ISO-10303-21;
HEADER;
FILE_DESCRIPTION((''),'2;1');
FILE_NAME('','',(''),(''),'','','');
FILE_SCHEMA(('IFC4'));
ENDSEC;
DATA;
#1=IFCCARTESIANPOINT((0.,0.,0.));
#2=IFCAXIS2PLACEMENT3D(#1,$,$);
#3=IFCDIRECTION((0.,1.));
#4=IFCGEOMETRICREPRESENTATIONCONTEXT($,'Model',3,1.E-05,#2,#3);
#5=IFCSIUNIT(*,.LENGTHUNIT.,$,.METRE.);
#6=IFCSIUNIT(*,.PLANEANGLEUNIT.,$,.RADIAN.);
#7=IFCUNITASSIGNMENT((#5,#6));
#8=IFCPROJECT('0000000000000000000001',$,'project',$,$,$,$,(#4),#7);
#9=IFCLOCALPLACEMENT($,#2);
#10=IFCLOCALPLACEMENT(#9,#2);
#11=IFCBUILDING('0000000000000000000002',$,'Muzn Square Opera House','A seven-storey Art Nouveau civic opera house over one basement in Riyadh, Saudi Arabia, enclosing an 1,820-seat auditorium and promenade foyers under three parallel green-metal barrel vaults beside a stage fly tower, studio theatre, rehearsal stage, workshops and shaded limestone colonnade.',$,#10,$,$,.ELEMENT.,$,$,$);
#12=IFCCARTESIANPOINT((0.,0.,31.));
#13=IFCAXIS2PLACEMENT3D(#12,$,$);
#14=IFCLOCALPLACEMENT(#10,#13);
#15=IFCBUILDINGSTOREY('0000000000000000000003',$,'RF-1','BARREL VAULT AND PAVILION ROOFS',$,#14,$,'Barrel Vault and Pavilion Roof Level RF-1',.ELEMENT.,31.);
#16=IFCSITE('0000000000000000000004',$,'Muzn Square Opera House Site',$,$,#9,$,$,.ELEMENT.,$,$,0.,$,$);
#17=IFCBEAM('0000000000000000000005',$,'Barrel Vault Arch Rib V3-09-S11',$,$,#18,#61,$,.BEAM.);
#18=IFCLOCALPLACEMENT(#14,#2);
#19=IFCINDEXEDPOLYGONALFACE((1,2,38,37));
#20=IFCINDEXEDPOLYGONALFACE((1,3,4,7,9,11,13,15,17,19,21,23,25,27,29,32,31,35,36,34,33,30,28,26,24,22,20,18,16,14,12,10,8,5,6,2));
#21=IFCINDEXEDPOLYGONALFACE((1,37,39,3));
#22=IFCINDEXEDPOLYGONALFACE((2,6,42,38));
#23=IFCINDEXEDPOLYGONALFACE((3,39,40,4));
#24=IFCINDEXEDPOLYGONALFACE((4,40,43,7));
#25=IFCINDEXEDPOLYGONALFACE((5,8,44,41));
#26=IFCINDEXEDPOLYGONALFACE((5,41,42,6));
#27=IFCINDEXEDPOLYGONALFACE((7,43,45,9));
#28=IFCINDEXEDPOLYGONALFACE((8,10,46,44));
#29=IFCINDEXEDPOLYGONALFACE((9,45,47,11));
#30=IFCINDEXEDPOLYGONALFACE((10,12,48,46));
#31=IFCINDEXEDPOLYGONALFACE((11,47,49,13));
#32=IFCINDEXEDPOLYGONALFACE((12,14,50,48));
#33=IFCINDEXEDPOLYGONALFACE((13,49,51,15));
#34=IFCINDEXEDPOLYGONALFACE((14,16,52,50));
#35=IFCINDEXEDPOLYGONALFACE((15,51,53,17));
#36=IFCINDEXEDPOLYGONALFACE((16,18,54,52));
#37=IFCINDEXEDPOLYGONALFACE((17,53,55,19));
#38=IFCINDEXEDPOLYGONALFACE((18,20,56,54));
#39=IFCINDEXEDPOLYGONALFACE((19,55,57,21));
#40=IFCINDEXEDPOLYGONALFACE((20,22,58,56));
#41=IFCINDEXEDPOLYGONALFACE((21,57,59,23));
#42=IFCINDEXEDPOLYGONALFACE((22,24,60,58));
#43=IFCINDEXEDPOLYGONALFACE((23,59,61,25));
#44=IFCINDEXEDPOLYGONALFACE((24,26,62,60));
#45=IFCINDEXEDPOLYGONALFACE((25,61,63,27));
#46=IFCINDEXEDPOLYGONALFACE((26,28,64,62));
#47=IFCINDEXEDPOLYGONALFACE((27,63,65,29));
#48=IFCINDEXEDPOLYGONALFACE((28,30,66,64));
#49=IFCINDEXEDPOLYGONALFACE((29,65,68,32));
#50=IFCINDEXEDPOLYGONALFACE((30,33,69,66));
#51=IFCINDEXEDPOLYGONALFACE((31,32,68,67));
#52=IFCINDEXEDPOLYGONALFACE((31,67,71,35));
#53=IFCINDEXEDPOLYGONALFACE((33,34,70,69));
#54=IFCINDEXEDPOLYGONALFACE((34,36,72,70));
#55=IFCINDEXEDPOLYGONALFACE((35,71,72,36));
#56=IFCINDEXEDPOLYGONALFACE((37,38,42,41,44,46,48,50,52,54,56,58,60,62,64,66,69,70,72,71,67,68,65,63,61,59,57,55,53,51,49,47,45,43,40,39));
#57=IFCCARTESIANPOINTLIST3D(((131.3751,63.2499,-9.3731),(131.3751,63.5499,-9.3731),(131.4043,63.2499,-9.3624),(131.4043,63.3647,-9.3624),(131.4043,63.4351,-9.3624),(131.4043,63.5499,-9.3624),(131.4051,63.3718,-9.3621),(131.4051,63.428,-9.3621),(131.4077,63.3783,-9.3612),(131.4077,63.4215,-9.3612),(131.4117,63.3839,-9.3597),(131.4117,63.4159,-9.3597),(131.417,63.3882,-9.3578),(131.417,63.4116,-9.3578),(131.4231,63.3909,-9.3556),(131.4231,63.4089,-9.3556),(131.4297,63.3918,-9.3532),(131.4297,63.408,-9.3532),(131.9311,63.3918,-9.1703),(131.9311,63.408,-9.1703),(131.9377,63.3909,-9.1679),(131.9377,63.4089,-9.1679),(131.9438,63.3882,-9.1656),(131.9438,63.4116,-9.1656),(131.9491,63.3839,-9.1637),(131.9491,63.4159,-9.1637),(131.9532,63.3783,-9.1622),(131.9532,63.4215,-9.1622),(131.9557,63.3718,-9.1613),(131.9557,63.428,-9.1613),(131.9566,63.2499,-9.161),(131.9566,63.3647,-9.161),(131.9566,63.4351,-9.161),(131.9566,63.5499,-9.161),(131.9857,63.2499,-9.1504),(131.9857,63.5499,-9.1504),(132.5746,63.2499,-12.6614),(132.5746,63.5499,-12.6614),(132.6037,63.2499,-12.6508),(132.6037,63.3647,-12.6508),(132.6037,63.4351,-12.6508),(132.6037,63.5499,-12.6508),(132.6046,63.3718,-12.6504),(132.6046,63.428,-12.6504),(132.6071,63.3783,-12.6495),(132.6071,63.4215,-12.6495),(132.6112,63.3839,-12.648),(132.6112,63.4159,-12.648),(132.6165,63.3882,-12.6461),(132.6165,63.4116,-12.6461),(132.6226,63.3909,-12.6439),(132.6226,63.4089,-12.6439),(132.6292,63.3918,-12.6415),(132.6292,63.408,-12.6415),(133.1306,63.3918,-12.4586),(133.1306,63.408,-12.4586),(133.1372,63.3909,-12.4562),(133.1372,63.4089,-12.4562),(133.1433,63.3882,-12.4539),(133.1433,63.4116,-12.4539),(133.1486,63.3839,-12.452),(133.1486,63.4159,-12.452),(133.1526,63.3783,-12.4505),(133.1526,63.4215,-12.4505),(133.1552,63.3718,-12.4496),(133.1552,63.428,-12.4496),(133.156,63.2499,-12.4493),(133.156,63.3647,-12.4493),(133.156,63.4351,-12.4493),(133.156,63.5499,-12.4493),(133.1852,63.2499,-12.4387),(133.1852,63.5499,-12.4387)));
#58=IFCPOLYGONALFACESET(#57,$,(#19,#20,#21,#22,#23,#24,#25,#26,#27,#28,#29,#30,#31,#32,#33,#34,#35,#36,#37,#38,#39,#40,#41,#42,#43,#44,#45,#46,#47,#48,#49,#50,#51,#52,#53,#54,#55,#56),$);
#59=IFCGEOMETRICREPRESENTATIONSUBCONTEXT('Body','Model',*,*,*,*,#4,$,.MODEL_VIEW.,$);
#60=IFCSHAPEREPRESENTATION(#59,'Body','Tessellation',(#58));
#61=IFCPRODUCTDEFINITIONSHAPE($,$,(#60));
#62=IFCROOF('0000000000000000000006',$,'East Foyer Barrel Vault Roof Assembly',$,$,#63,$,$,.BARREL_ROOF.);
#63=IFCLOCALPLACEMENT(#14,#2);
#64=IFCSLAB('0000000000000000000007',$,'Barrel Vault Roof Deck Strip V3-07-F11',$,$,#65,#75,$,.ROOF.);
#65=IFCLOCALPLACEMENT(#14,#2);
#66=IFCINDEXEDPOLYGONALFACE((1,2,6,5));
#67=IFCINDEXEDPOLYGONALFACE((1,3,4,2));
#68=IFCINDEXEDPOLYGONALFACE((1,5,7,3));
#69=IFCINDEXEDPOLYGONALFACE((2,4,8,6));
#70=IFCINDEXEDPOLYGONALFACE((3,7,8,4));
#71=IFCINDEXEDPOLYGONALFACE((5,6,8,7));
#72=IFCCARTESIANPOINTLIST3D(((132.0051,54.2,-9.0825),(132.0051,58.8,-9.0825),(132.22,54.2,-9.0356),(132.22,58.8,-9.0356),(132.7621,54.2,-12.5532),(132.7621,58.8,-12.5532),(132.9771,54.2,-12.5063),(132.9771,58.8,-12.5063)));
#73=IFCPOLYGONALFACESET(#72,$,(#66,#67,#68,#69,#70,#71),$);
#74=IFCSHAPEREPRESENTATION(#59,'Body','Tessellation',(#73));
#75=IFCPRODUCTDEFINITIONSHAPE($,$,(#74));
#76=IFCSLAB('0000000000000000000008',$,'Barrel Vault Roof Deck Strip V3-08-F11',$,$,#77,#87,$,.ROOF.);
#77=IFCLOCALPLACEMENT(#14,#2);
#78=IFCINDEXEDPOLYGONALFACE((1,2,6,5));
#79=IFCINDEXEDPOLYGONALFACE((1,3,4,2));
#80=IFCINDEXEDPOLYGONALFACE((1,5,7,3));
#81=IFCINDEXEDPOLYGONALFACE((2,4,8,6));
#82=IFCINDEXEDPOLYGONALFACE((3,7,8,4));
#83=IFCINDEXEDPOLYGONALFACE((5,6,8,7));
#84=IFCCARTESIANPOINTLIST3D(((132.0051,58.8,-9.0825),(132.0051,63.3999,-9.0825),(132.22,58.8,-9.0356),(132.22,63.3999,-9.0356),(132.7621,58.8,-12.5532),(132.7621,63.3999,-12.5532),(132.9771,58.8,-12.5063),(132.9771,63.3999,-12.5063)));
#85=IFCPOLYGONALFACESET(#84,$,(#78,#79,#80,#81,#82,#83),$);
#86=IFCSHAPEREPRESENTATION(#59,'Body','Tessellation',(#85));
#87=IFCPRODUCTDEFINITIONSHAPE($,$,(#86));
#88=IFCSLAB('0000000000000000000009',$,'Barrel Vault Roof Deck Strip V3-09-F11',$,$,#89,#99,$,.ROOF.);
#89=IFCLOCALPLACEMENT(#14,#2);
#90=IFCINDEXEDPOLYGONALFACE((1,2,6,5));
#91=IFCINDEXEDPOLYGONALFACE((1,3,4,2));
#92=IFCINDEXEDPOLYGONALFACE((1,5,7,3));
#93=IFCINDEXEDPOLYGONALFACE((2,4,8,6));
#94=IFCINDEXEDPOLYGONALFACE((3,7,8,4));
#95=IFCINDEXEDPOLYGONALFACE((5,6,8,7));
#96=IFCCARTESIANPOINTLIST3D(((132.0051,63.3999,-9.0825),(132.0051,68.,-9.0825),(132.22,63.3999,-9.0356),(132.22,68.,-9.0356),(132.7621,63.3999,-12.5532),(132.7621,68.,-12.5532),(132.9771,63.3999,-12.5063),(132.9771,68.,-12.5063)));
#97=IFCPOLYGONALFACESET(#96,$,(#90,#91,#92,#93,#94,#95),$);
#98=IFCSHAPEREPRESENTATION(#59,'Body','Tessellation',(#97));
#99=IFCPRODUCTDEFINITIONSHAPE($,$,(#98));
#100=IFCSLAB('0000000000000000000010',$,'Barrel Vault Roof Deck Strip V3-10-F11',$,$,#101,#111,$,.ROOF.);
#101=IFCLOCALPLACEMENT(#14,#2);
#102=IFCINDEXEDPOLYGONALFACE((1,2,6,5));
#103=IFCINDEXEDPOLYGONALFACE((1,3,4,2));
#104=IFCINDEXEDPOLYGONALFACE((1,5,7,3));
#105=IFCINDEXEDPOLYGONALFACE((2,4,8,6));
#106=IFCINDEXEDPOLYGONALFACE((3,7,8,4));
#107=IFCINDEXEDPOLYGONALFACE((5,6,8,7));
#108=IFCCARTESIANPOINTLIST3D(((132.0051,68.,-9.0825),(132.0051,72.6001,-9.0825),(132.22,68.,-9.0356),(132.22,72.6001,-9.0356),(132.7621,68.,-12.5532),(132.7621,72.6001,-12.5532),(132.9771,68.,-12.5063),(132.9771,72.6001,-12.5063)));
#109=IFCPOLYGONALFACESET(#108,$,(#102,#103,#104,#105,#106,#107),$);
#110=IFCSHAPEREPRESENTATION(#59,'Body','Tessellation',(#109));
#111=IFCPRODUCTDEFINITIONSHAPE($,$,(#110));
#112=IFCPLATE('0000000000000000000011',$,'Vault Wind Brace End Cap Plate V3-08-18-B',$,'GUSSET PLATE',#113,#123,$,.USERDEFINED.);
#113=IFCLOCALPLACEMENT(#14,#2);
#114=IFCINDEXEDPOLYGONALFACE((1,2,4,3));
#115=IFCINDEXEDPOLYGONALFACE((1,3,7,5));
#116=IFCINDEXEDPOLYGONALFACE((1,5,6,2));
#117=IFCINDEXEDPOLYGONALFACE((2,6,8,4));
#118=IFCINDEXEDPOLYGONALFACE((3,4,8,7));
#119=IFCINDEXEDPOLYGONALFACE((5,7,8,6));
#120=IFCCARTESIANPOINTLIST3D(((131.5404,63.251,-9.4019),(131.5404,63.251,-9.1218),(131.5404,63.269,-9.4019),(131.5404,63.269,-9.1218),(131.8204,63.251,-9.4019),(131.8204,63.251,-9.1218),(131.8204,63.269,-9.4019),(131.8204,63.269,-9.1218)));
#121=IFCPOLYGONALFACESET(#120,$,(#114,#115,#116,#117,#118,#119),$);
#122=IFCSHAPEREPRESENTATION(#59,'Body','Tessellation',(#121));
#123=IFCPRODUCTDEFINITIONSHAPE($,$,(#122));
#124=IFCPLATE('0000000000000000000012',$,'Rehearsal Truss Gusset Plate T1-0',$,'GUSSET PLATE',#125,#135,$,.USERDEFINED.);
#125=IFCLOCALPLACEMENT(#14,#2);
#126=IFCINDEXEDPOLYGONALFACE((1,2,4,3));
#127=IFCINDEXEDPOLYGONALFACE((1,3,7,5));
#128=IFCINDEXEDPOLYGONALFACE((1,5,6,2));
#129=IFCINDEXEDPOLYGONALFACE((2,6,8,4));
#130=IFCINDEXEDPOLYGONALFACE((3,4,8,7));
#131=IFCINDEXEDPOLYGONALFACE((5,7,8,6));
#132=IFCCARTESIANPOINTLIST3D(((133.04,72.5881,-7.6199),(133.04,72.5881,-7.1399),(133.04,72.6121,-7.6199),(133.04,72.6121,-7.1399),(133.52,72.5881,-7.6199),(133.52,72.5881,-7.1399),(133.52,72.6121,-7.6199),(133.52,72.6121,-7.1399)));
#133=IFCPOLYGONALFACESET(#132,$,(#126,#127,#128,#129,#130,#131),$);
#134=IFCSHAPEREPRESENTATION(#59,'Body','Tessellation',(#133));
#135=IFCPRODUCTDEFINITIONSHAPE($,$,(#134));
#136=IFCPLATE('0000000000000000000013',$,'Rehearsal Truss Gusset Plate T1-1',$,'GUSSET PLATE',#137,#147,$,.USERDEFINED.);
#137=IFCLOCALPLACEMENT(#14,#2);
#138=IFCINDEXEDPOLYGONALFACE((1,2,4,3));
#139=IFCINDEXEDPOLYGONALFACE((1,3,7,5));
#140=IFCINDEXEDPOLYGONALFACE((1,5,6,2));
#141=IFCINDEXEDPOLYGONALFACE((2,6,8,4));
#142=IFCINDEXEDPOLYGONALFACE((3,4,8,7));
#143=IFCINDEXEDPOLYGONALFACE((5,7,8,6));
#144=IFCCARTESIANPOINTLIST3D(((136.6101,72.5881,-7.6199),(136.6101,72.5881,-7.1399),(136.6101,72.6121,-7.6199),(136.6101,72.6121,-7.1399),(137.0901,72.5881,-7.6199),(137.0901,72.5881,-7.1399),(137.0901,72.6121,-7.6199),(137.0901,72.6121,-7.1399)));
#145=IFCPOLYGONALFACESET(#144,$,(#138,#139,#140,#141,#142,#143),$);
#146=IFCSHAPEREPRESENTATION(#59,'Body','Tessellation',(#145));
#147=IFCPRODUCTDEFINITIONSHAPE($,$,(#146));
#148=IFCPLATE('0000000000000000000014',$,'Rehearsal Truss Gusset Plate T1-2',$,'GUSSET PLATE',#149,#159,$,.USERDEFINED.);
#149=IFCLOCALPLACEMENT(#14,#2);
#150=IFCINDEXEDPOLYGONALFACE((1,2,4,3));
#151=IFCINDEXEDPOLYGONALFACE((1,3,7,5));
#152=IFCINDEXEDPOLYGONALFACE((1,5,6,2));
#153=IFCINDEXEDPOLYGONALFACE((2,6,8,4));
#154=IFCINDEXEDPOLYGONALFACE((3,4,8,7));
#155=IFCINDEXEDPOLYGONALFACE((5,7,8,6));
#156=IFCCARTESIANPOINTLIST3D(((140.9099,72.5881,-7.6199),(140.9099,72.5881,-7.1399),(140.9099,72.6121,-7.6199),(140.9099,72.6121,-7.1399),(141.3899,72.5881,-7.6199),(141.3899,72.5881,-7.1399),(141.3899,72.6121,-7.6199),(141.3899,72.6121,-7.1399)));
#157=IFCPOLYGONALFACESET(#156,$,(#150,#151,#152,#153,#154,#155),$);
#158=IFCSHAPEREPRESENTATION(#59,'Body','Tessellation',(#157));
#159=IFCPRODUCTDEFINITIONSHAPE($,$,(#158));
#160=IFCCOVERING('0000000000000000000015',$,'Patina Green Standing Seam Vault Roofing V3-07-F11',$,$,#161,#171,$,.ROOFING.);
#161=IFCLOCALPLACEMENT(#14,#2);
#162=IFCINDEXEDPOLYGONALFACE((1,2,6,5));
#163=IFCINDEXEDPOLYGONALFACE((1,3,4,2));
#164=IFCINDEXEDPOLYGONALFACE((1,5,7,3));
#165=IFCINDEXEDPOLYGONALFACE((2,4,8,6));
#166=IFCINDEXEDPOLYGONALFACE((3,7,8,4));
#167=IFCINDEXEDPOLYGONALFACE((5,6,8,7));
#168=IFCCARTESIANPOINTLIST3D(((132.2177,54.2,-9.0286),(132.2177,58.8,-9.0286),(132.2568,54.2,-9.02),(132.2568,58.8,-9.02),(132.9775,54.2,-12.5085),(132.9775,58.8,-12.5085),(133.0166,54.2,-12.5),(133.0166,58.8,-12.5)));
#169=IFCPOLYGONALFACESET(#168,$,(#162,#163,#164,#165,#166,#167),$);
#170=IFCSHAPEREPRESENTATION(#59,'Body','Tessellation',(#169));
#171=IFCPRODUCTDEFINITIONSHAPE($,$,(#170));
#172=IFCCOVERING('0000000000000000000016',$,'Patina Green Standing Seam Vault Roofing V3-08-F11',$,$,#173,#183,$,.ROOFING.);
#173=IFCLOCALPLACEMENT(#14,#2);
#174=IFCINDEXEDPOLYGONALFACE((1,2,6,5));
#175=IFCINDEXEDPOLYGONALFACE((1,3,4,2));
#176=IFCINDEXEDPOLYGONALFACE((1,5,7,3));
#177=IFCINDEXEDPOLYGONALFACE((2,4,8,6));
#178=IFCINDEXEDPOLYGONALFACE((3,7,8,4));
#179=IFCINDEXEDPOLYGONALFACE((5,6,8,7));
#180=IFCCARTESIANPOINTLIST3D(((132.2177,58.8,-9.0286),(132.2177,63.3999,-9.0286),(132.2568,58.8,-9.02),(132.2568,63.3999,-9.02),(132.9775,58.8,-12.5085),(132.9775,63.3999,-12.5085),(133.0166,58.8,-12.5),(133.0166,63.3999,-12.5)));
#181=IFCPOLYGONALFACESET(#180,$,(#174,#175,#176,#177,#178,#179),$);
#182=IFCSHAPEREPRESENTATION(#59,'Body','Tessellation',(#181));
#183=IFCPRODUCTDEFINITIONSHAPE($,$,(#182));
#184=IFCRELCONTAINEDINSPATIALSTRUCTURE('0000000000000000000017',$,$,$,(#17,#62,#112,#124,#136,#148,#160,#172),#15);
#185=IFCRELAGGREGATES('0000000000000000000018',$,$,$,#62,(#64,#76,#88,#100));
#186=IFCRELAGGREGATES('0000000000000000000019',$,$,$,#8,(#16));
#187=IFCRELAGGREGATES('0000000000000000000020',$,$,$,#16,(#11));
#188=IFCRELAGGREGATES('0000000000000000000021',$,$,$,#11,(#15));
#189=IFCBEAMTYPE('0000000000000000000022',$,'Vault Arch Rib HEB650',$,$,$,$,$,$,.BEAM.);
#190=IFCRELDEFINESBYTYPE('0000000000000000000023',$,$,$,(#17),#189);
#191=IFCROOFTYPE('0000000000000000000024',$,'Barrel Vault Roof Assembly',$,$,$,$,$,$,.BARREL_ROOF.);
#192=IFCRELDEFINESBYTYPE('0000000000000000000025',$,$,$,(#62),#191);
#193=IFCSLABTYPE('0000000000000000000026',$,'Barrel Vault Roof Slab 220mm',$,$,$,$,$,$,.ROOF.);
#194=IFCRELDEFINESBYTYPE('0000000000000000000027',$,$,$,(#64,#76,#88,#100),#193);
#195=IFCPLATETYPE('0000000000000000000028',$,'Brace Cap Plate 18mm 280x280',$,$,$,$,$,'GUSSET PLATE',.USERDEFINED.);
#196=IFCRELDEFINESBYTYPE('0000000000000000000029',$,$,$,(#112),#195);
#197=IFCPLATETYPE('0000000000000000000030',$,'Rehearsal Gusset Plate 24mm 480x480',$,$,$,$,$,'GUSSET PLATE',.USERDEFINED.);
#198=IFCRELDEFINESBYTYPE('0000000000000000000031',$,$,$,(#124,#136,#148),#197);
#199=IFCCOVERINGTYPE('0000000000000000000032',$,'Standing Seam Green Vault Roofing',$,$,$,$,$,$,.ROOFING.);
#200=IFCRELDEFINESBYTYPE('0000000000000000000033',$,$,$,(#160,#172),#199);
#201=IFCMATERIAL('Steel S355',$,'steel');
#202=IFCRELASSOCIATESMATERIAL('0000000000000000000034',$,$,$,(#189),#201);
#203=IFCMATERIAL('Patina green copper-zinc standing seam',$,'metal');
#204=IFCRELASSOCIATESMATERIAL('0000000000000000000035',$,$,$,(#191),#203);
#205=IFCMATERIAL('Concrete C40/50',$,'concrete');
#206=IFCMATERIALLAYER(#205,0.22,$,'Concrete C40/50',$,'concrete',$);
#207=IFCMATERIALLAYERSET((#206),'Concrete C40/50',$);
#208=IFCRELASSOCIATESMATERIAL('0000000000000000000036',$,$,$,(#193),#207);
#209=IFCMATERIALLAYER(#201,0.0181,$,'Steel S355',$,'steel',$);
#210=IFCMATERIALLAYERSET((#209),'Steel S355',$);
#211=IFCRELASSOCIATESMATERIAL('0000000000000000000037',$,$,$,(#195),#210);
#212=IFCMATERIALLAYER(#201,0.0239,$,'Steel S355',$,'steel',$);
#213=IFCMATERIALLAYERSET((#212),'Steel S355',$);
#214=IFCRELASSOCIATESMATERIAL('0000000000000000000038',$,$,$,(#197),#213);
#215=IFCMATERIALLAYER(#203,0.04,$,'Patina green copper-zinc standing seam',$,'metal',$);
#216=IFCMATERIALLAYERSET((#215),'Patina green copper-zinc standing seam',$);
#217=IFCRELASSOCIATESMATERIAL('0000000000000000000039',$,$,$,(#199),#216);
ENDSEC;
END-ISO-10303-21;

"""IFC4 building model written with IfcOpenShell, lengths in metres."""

from ifc_helpers import new_model, si_unit, direction, frame, origin, origin_2d, place, context, subcontext, project, spatial, polyline, rectangle, i_section, outline, extrude, material, layer, layer_set, material_profile, profile_set, type_object, element, aggregate, save


model = new_model("IFC4")

# Units and contexts
model_context = context("Model", 3, precision=1e-05, world=origin(), true_north=direction((0.0, 1.0)))
body_context = subcontext(model_context, "Body", "Model", "MODEL_VIEW")
ifc_project = project(units=[si_unit("LENGTHUNIT", "METRE"), si_unit("PLANEANGLEUNIT", "RADIAN")], contexts=[model_context])

# Site, building, storey
site_placement = place(None, origin())
site = spatial("IfcSite", under=ifc_project, at=site_placement, Name="Muzn Square Opera House Site", CompositionType="ELEMENT", RefElevation=0.0)
building_placement = place(site_placement, origin())
building = spatial("IfcBuilding", under=site, at=building_placement, Name="Muzn Square Opera House", Description="A seven-storey Art Nouveau civic opera house over one basement in Riyadh, Saudi Arabia, enclosing an 1,820-seat auditorium and promenade foyers under three parallel green-metal barrel vaults beside a stage fly tower, studio theatre, rehearsal stage, workshops and shaded limestone colonnade.", CompositionType="ELEMENT")
storey_placement = place(building_placement, frame((0.0, 0.0, 31.0)))
storey = spatial("IfcBuildingStorey", under=building, at=storey_placement, Name="RF-1", Description="BARREL VAULT AND PAVILION ROOFS", LongName="Barrel Vault and Pavilion Roof Level RF-1", CompositionType="ELEMENT", Elevation=31.0)

# Shared definitions
ifc_material_1 = material(Name="Steel S355", Category="steel")

# Beam
ifc_material_profile_1 = material_profile(ifc_material_1, i_section(OverallWidth=0.3, OverallDepth=0.6499, WebThickness=0.0161, FlangeThickness=0.031, FilletRadius=0.0271, at=origin_2d()), Name="HEB 650", Category="steel")
ifc_profile_set_1 = profile_set([ifc_material_profile_1], Name="Steel S355")
beam_type_1 = type_object("IfcBeamType", Name="Vault Arch Rib HEB650", PredefinedType="BEAM", material=ifc_profile_set_1)
for number, where, z_axis, x_axis, name in (
    (1, (131.6804, 63.3999, -9.2617), (0.342678, 0.0, -0.939453), (0.0, 1.0, 0.0), "Barrel Vault Arch Rib V3-09-S11"),
):
    element("IfcBeam", number, at=place(storey_placement, frame(where, z_axis=z_axis, x_axis=x_axis)), inside=storey, type_object=beam_type_1, Name=name, PredefinedType="BEAM", context=body_context, shape_type="SweptSolid", body=[
        extrude(i_section(OverallWidth=0.3, OverallDepth=0.6499, WebThickness=0.0161, FlangeThickness=0.031, FilletRadius=0.0271, at=origin_2d()), origin(), (0.0, 0.0, 1.0), 3.5002),
    ])

# Roof, slabs
ifc_material_2 = material(Name="Patina green copper-zinc standing seam", Category="metal")
roof_type = type_object("IfcRoofType", Name="Barrel Vault Roof Assembly", PredefinedType="BARREL_ROOF", material=ifc_material_2)
roof_placement = place(storey_placement, origin())
roof = element("IfcRoof", 2, at=roof_placement, inside=storey, type_object=roof_type, Name="East Foyer Barrel Vault Roof Assembly", PredefinedType="BARREL_ROOF")
ifc_material_3 = material(Name="Concrete C40/50", Category="concrete")
ifc_layer_1 = layer(ifc_material_3, 0.22, Name="Concrete C40/50", Category="concrete")
ifc_layer_set_1 = layer_set([ifc_layer_1], Name="Concrete C40/50")
slab_type = type_object("IfcSlabType", Name="Barrel Vault Roof Slab 220mm", PredefinedType="ROOF", material=ifc_layer_set_1)
slab_1_placement = place(storey_placement, frame((132.22, 54.2, -9.0356), z_axis=(0.977025, 0.0, 0.213123), x_axis=(0.213123, 0.0, -0.977025)))
slab_1 = element("IfcSlab", 3, at=slab_1_placement, type_object=slab_type, Name="Barrel Vault Roof Deck Strip V3-07-F11", PredefinedType="ROOF", context=body_context, shape_type="SweptSolid", body=[
    extrude(outline(polyline([(0.0, 0.0), (3.5523, 0.0), (3.5523, 4.6001), (0.0, 4.6001), (0.0, 0.0)])), origin(), (0.0, 0.0, -1.0), 0.22),
])
slab_2_placement = place(storey_placement, frame((132.22, 58.8, -9.0356), z_axis=(0.977025, 0.0, 0.213123), x_axis=(0.213123, 0.0, -0.977025)))
slab_2 = element("IfcSlab", 4, at=slab_2_placement, type_object=slab_type, Name="Barrel Vault Roof Deck Strip V3-08-F11", PredefinedType="ROOF", context=body_context, shape_type="SweptSolid", body=[
    extrude(outline(polyline([(0.0, 0.0), (3.5523, 0.0), (3.5523, 4.5999), (0.0, 4.5999), (0.0, 0.0)])), origin(), (0.0, 0.0, -1.0), 0.22),
])
slab_3_placement = place(storey_placement, frame((132.22, 63.3999, -9.0356), z_axis=(0.977025, 0.0, 0.213123), x_axis=(0.213123, 0.0, -0.977025)))
slab_3 = element("IfcSlab", 5, at=slab_3_placement, type_object=slab_type, Name="Barrel Vault Roof Deck Strip V3-09-F11", PredefinedType="ROOF", context=body_context, shape_type="SweptSolid", body=[
    extrude(outline(polyline([(0.0, 0.0), (3.5523, 0.0), (3.5523, 4.6001), (0.0, 4.6001), (0.0, 0.0)])), origin(), (0.0, 0.0, -1.0), 0.22),
])
slab_4_placement = place(storey_placement, frame((132.22, 68.0, -9.0356), z_axis=(0.977025, 0.0, 0.213123), x_axis=(0.213123, 0.0, -0.977025)))
slab_4 = element("IfcSlab", 6, at=slab_4_placement, type_object=slab_type, Name="Barrel Vault Roof Deck Strip V3-10-F11", PredefinedType="ROOF", context=body_context, shape_type="SweptSolid", body=[
    extrude(outline(polyline([(0.0, 0.0), (3.5523, 0.0), (3.5523, 4.6001), (0.0, 4.6001), (0.0, 0.0)])), origin(), (0.0, 0.0, -1.0), 0.22),
])
aggregate(roof, [slab_1, slab_2, slab_3, slab_4])

# Plates
ifc_layer_2 = layer(ifc_material_1, 0.0181, Name="Steel S355", Category="steel")
ifc_layer_set_2 = layer_set([ifc_layer_2], Name="Steel S355")
plate_type_1 = type_object("IfcPlateType", Name="Brace Cap Plate 18mm 280x280", ElementType="GUSSET PLATE", PredefinedType="USERDEFINED", material=ifc_layer_set_2)
plate_placement = place(storey_placement, frame((131.6804, 63.26, -9.4019), z_axis=(0.0, 0.0, 1.0), x_axis=(1.0, 0.0, 0.0)))
element("IfcPlate", 7, at=plate_placement, inside=storey, type_object=plate_type_1, Name="Vault Wind Brace End Cap Plate V3-08-18-B", ObjectType="GUSSET PLATE", PredefinedType="USERDEFINED", context=body_context, shape_type="SweptSolid", body=[
    extrude(rectangle(XDim=0.28, YDim=0.0181, at=origin_2d()), origin(), (0.0, 0.0, 1.0), 0.28),
])
ifc_layer_3 = layer(ifc_material_1, 0.0239, Name="Steel S355", Category="steel")
ifc_layer_set_3 = layer_set([ifc_layer_3], Name="Steel S355")
plate_type_2 = type_object("IfcPlateType", Name="Rehearsal Gusset Plate 24mm 480x480", ElementType="GUSSET PLATE", PredefinedType="USERDEFINED", material=ifc_layer_set_3)
for number, where, z_axis, x_axis, name in (
    (8, (133.28, 72.6001, -7.6199), (0.0, 0.0, 1.0), (1.0, 0.0, 0.0), "Rehearsal Truss Gusset Plate T1-0"),
    (9, (136.8501, 72.6001, -7.6199), (0.0, 0.0, 1.0), (1.0, 0.0, 0.0), "Rehearsal Truss Gusset Plate T1-1"),
    (10, (141.1499, 72.6001, -7.6199), (0.0, 0.0, 1.0), (1.0, 0.0, 0.0), "Rehearsal Truss Gusset Plate T1-2"),
):
    element("IfcPlate", number, at=place(storey_placement, frame(where, z_axis=z_axis, x_axis=x_axis)), inside=storey, type_object=plate_type_2, Name=name, ObjectType="GUSSET PLATE", PredefinedType="USERDEFINED", context=body_context, shape_type="SweptSolid", body=[
        extrude(rectangle(XDim=0.48, YDim=0.0239, at=origin_2d()), origin(), (0.0, 0.0, 1.0), 0.48),
    ])

# Coverings
ifc_layer_4 = layer(ifc_material_2, 0.04, Name="Patina green copper-zinc standing seam", Category="metal")
ifc_layer_set_4 = layer_set([ifc_layer_4], Name="Patina green copper-zinc standing seam")
covering_type = type_object("IfcCoveringType", Name="Standing Seam Green Vault Roofing", PredefinedType="ROOFING", material=ifc_layer_set_4)
covering_1_placement = place(storey_placement, frame((132.2568, 54.2, -9.02), z_axis=(0.976987, 0.0, 0.2133), x_axis=(0.2133, 0.0, -0.976987)))
element("IfcCovering", 11, at=covering_1_placement, inside=storey, type_object=covering_type, Name="Patina Green Standing Seam Vault Roofing V3-07-F11", PredefinedType="ROOFING", context=body_context, shape_type="SweptSolid", body=[
    extrude(outline(polyline([(0.0, 0.0), (3.562, 0.0), (3.562, 4.6001), (0.0, 4.6001), (0.0, 0.0)])), origin(), (0.0, 0.0, -1.0), 0.04),
])
covering_2_placement = place(storey_placement, frame((132.2568, 58.8, -9.02), z_axis=(0.976987, 0.0, 0.2133), x_axis=(0.2133, 0.0, -0.976987)))
element("IfcCovering", 12, at=covering_2_placement, inside=storey, type_object=covering_type, Name="Patina Green Standing Seam Vault Roofing V3-08-F11", PredefinedType="ROOFING", context=body_context, shape_type="SweptSolid", body=[
    extrude(outline(polyline([(0.0, 0.0), (3.562, 0.0), (3.562, 4.5999), (0.0, 4.5999), (0.0, 0.0)])), origin(), (0.0, 0.0, -1.0), 0.04),
])

save(model, "model.ifc")
